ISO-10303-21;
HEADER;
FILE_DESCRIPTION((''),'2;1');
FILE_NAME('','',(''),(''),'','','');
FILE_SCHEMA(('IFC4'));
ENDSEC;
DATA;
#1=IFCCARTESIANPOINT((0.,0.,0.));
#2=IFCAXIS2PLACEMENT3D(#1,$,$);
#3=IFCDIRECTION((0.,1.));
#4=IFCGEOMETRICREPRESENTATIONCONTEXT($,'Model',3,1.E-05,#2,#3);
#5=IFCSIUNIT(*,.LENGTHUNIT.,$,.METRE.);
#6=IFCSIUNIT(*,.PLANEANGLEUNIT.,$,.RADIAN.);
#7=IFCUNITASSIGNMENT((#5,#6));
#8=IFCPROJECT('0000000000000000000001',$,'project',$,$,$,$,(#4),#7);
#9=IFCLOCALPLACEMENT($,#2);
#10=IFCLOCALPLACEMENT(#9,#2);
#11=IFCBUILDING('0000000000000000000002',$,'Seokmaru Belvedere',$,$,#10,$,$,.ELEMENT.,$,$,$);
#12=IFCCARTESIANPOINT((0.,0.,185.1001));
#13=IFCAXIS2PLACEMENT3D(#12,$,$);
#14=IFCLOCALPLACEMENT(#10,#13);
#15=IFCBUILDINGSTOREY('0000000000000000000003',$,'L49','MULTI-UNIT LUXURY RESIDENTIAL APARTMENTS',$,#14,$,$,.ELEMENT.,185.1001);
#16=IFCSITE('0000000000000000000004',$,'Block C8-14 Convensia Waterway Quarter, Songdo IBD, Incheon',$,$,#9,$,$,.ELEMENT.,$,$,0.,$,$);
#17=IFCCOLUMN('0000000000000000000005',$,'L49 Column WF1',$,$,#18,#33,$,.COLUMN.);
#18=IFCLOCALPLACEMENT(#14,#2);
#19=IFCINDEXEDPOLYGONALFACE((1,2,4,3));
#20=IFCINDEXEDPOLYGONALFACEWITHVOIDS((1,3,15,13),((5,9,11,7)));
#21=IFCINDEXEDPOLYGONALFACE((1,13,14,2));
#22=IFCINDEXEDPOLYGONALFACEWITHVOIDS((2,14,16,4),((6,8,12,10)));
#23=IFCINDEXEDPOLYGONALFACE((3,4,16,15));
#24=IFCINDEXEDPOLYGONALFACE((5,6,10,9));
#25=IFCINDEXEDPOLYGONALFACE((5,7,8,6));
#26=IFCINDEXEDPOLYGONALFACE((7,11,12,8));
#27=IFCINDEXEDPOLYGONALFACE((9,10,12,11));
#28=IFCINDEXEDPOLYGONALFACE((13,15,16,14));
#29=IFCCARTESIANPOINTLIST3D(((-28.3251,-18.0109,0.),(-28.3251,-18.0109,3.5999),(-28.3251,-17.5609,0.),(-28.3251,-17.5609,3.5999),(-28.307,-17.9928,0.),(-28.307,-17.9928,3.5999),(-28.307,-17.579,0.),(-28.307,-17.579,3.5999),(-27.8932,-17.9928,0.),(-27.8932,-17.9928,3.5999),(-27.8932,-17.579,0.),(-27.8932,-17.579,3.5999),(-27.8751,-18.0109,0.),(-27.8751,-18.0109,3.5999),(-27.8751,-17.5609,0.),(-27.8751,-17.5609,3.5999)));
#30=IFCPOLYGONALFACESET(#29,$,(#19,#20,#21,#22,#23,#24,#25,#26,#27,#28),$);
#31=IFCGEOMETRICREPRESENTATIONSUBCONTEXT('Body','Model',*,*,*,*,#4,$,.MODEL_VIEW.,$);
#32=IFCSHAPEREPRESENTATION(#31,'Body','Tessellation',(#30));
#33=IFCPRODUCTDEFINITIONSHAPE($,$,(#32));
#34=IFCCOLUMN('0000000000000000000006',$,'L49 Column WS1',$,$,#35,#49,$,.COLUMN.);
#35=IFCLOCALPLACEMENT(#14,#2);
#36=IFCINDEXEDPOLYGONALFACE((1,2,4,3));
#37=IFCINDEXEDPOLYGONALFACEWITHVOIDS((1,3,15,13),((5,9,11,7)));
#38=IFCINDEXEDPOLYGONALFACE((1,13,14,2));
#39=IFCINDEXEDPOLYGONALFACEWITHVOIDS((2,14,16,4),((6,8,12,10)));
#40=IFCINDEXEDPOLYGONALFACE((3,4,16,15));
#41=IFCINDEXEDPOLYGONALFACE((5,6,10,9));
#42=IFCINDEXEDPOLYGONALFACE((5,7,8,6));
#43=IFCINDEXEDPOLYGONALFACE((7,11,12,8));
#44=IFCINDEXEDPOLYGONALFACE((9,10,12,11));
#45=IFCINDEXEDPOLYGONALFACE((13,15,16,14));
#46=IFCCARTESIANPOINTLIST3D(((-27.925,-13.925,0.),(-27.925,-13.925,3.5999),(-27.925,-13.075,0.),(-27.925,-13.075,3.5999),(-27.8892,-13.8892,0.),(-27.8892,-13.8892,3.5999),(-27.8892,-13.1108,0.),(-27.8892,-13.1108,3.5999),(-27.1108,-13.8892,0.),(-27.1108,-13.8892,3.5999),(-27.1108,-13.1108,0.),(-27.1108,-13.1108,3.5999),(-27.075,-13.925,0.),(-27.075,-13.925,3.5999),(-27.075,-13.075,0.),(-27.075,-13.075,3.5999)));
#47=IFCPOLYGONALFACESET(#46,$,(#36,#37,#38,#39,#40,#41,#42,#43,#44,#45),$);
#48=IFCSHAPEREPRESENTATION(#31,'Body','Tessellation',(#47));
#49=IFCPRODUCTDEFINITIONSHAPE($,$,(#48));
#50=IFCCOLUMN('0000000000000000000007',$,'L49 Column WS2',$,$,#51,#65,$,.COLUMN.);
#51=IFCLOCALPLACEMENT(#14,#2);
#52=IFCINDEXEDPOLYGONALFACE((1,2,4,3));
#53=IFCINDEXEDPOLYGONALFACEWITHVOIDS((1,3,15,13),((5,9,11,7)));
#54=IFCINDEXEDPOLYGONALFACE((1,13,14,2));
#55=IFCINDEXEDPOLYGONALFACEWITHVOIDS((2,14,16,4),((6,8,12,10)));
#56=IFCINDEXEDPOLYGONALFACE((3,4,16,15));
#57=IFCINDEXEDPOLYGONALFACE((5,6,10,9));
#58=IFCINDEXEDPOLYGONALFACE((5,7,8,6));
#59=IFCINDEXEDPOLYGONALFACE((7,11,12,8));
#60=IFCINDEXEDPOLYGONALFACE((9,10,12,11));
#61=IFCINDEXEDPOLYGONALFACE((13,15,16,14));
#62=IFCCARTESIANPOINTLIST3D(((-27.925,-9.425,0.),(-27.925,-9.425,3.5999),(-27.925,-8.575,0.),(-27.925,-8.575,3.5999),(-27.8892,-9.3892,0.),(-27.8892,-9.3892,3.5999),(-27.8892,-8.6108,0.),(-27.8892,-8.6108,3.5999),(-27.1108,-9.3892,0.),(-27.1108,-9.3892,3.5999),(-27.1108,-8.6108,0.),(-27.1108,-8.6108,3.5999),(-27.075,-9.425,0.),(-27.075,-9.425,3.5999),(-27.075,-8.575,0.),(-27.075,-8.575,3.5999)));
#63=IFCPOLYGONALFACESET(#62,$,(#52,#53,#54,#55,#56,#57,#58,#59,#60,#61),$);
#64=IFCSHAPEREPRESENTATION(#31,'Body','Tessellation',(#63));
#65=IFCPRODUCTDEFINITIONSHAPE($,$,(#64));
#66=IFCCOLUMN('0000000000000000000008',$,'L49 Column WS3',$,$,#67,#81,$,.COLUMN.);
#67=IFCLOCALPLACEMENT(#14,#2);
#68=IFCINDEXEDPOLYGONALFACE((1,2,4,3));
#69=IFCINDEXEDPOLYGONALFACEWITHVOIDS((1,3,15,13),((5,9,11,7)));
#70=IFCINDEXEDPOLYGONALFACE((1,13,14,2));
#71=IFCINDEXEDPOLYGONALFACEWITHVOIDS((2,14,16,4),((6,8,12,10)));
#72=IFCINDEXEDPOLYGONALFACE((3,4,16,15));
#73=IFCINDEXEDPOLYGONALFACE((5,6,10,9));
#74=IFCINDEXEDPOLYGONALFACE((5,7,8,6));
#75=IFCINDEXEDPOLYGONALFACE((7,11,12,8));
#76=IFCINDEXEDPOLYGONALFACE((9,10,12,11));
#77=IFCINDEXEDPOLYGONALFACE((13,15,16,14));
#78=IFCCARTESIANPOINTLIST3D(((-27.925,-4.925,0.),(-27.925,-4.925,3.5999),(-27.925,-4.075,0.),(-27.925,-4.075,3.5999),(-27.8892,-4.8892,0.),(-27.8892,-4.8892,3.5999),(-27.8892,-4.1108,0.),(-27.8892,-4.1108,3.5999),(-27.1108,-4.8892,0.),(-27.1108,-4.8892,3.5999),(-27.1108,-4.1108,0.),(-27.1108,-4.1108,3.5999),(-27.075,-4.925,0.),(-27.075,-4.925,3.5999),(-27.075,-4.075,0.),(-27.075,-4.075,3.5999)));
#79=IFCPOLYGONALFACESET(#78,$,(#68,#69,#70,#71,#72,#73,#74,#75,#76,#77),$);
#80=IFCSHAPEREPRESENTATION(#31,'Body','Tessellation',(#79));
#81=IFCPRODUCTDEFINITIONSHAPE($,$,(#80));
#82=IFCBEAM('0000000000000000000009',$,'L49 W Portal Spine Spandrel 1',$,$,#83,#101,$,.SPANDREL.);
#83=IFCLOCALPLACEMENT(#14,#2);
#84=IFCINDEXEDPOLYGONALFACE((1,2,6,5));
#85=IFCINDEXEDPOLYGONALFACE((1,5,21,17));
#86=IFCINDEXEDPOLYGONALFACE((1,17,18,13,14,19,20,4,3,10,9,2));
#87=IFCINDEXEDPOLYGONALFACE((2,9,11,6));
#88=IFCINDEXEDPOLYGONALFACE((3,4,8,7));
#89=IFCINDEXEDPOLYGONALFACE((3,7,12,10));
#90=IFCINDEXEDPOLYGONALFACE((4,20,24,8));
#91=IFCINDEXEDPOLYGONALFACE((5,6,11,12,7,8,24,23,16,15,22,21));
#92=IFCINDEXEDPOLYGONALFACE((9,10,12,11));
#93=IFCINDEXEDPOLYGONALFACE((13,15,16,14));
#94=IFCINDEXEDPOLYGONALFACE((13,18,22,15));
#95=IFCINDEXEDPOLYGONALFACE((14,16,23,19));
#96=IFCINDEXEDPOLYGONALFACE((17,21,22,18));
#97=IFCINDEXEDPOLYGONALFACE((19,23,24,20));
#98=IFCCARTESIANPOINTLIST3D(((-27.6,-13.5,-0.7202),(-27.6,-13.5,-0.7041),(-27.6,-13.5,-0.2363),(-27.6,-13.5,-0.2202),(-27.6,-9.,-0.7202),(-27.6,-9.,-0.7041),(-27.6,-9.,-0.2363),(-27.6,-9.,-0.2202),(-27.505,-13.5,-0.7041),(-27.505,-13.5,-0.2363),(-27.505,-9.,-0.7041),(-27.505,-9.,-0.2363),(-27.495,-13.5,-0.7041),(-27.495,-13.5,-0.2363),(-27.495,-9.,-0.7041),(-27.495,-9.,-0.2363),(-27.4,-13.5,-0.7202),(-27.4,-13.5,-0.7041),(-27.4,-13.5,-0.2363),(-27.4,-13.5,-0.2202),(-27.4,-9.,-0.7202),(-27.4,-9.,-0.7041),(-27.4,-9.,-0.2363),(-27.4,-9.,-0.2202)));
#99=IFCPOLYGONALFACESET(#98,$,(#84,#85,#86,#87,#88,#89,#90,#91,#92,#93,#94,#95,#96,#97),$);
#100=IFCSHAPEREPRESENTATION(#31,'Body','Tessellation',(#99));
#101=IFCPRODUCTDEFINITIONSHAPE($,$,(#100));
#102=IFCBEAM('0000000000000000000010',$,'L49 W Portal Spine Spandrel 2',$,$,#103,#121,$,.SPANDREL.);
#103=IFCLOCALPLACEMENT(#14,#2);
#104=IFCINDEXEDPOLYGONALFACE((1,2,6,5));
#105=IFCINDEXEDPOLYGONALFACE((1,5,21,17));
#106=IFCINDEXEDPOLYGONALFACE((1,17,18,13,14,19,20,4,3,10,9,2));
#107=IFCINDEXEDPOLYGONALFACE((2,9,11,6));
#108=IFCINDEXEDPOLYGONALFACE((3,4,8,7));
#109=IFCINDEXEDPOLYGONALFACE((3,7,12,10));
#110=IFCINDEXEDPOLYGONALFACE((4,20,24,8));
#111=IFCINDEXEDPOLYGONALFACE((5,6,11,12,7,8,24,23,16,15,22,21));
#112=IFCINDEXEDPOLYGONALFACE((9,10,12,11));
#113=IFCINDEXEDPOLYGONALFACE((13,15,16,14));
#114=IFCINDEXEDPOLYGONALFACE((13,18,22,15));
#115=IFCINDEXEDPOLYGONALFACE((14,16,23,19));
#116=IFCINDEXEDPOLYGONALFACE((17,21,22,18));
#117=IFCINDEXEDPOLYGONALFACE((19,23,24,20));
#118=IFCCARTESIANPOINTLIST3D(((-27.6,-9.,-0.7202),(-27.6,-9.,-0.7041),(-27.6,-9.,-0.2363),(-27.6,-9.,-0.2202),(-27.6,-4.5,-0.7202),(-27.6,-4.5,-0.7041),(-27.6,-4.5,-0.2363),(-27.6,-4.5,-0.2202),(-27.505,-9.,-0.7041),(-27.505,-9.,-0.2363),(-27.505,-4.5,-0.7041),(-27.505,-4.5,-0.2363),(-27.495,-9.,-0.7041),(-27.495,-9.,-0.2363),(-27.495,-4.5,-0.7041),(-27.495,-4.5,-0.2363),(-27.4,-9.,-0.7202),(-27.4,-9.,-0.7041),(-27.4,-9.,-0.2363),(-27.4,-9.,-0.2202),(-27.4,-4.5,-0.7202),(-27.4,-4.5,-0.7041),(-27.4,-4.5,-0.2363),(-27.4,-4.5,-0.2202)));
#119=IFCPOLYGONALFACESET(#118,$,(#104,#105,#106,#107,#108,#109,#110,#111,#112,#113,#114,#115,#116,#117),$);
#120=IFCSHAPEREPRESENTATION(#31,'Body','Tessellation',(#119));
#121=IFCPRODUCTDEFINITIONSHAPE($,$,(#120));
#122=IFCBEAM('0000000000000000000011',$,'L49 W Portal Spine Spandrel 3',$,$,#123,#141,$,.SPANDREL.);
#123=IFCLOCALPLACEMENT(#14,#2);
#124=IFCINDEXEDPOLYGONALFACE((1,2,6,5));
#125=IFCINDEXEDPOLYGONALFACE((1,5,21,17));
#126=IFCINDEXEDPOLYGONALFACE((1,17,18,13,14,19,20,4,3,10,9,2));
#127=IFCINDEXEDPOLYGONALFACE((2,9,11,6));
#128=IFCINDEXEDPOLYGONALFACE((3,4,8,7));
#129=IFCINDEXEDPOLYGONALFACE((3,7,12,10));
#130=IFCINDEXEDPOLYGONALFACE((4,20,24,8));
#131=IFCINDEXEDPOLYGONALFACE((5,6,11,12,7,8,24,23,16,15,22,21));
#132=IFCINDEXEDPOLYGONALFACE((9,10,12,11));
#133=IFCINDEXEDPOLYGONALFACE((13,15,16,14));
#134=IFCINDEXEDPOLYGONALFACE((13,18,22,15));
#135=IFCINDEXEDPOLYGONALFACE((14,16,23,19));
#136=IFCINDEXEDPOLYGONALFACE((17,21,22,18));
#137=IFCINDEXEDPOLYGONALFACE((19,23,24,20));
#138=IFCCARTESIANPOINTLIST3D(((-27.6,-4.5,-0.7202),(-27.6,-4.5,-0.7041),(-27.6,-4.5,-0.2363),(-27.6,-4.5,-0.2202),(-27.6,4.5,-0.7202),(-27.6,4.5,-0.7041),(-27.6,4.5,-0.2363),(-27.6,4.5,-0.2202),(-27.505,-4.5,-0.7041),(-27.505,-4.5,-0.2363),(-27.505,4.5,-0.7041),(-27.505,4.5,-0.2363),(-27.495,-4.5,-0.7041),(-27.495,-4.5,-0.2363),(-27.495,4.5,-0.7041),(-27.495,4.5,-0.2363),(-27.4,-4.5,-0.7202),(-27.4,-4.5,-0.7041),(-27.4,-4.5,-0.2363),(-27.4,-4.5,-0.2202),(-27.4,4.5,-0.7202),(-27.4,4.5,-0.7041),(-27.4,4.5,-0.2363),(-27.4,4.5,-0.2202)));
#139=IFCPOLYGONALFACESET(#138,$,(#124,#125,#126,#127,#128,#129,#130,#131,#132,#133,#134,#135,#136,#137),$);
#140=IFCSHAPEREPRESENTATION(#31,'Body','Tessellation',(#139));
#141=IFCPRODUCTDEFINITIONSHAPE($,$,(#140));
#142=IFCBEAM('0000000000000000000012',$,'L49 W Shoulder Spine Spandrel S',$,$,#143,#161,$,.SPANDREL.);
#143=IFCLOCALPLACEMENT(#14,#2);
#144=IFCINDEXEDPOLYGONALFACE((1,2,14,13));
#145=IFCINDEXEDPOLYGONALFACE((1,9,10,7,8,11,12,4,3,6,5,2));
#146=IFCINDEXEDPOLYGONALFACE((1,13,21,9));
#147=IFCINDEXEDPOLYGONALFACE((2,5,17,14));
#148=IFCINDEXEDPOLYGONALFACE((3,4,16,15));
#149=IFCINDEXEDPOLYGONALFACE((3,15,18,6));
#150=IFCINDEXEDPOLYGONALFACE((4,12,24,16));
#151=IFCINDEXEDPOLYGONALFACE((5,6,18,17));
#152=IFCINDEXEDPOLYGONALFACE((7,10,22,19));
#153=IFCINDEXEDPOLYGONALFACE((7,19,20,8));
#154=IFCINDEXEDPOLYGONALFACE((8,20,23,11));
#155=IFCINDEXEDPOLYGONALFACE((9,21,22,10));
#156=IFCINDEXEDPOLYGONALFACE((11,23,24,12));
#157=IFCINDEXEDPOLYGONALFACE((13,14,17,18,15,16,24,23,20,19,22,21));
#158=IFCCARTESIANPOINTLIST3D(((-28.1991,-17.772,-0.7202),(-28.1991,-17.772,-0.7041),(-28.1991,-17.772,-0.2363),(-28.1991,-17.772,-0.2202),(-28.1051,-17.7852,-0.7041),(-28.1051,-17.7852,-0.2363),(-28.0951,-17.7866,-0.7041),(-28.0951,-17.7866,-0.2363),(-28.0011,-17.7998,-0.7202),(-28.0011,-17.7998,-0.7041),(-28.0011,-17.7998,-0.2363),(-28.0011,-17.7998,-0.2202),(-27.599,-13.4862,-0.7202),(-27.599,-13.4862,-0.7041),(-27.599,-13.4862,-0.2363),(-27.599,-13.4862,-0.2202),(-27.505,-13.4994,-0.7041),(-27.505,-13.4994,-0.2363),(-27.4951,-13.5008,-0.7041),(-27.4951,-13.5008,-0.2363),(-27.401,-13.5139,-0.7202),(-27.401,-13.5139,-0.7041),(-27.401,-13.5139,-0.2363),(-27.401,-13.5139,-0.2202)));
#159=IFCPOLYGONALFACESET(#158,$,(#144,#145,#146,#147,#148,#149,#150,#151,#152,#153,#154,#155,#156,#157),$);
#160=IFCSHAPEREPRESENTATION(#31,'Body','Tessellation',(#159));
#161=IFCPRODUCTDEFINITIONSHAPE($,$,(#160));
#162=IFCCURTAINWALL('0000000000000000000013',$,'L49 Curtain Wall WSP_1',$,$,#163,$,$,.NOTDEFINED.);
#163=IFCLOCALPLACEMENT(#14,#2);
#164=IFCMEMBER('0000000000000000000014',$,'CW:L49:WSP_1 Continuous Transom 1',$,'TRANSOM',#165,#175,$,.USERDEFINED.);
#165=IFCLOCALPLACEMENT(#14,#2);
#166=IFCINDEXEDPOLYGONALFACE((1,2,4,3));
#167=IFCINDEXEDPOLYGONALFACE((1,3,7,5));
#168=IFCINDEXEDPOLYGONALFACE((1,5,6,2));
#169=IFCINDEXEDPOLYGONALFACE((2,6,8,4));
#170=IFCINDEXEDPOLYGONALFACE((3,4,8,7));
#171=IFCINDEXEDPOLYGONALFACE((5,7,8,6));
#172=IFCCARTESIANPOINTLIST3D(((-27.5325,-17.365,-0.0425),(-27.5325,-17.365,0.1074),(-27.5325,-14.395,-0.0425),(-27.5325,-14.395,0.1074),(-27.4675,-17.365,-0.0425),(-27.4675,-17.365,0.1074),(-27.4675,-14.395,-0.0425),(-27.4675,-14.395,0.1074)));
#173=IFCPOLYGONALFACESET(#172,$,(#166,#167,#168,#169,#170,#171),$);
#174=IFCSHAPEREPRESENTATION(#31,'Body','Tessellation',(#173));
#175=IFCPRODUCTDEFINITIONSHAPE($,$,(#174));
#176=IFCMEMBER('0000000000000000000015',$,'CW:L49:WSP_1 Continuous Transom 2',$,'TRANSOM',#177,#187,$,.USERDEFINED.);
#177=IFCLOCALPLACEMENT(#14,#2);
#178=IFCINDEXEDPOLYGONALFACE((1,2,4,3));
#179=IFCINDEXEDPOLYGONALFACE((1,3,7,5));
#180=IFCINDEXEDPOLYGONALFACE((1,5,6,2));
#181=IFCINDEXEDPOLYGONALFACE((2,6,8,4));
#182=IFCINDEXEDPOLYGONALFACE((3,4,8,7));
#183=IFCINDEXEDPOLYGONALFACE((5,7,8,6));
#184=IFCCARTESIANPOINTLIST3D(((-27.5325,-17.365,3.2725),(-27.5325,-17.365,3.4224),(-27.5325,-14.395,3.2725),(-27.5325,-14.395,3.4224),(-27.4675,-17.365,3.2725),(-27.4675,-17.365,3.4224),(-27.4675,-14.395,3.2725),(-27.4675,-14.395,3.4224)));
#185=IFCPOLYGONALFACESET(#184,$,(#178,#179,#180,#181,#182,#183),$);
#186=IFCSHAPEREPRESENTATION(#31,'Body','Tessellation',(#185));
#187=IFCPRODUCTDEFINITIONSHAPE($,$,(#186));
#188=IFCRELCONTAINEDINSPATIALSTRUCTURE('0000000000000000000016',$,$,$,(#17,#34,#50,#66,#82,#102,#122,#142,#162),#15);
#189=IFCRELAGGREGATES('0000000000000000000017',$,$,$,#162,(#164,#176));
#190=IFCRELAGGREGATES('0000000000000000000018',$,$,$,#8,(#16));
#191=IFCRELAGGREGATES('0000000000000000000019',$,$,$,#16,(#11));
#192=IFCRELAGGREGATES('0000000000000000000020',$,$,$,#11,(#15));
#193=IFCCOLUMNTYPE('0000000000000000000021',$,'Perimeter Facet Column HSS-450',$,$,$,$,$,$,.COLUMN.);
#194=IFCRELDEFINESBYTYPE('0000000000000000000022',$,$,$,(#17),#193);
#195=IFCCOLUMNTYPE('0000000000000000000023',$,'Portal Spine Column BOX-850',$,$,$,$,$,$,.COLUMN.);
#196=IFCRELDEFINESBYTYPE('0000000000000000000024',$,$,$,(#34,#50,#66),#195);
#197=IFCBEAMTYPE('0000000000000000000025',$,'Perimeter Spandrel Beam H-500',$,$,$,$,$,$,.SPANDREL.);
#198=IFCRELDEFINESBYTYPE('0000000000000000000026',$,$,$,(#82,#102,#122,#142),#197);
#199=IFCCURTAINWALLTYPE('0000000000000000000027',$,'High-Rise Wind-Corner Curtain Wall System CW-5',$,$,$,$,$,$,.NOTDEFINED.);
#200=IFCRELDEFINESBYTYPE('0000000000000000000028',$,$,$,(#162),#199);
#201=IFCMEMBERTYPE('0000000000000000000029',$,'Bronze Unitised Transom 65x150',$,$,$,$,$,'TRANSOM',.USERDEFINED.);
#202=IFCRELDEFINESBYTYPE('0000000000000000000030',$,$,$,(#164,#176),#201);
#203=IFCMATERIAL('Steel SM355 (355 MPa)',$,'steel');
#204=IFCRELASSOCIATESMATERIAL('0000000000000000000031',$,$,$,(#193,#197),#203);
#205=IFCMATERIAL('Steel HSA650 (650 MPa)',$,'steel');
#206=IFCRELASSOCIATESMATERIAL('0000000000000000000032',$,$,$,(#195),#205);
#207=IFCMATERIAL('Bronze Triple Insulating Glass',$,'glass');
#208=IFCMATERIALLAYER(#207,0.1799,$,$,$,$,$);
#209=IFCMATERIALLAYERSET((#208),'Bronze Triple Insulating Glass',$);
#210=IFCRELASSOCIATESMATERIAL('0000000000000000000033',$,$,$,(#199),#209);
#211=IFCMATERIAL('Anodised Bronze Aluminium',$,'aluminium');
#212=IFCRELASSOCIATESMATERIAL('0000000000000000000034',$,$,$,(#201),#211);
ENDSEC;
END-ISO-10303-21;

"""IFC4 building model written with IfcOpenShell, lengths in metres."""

from ifc_helpers import new_model, si_unit, direction, frame, origin, origin_2d, place, context, subcontext, project, spatial, rectangle, hollow_rectangle, i_section, extrude, source, transform, mapped, material, layer, layer_set, material_profile, profile_set, type_object, type_shapes, element, aggregate, save


model = new_model("IFC4")

# Units and contexts
model_context = context("Model", 3, precision=1e-05, world=origin(), true_north=direction((0.0, 1.0)))
body_context = subcontext(model_context, "Body", "Model", "MODEL_VIEW")
ifc_project = project(units=[si_unit("LENGTHUNIT", "METRE"), si_unit("PLANEANGLEUNIT", "RADIAN")], contexts=[model_context])

# Site, building, storey
site_placement = place(None, origin())
site = spatial("IfcSite", under=ifc_project, at=site_placement, Name="Block C8-14 Convensia Waterway Quarter, Songdo IBD, Incheon", CompositionType="ELEMENT", RefElevation=0.0)
building_placement = place(site_placement, origin())
building = spatial("IfcBuilding", under=site, at=building_placement, Name="Seokmaru Belvedere", CompositionType="ELEMENT")
storey_placement = place(building_placement, frame((0.0, 0.0, 185.1001)))
storey = spatial("IfcBuildingStorey", under=building, at=storey_placement, Name="L49", Description="MULTI-UNIT LUXURY RESIDENTIAL APARTMENTS", CompositionType="ELEMENT", Elevation=185.1001)

# Columns
ifc_material_1 = material(Name="Steel SM355 (355 MPa)", Category="steel")
ifc_material_profile_1 = material_profile(ifc_material_1, hollow_rectangle(XDim=0.45, YDim=0.45, WallThickness=0.0181, at=origin_2d()), Name="HSS-450x450x18")
ifc_profile_set_1 = profile_set([ifc_material_profile_1], Name="Steel SM355 (355 MPa)")
column_type_1 = type_object("IfcColumnType", Name="Perimeter Facet Column HSS-450", PredefinedType="COLUMN", material=ifc_profile_set_1)
shared_shape_1 = source(origin(), body_context, "Body", "SweptSolid", [
    extrude(hollow_rectangle(XDim=0.45, YDim=0.45, WallThickness=0.0181, at=origin_2d()), origin(), (0.0, 0.0, 1.0), 3.5999),
])
type_shapes(column_type_1, [shared_shape_1])
column_placement = place(storey_placement, frame((-28.1001, -17.7859, 0.0), z_axis=(0.0, 0.0, 1.0), x_axis=(1.0, 0.0, 0.0)))
element("IfcColumn", 1, at=column_placement, inside=storey, type_object=column_type_1, Name="L49 Column WF1", PredefinedType="COLUMN", context=body_context, shape_type="MappedRepresentation", body=[
    mapped(shared_shape_1, transform((0.0, 0.0, 0.0), scale=1.0)),
])
ifc_material_2 = material(Name="Steel HSA650 (650 MPa)", Category="steel")
ifc_material_profile_2 = material_profile(ifc_material_2, hollow_rectangle(XDim=0.8501, YDim=0.8501, WallThickness=0.0359, at=origin_2d()), Name="BOX-850x850x36")
ifc_profile_set_2 = profile_set([ifc_material_profile_2], Name="Steel HSA650 (650 MPa)")
column_type_2 = type_object("IfcColumnType", Name="Portal Spine Column BOX-850", PredefinedType="COLUMN", material=ifc_profile_set_2)
shared_shape_2 = source(origin(), body_context, "Body", "SweptSolid", [
    extrude(hollow_rectangle(XDim=0.8501, YDim=0.8501, WallThickness=0.0359, at=origin_2d()), origin(), (0.0, 0.0, 1.0), 3.5999),
])
type_shapes(column_type_2, [shared_shape_2])
for number, where, z_axis, x_axis, name in (
    (2, (-27.5, -13.5, 0.0), (0.0, 0.0, 1.0), (1.0, 0.0, 0.0), "L49 Column WS1"),
    (3, (-27.5, -9.0, 0.0), (0.0, 0.0, 1.0), (1.0, 0.0, 0.0), "L49 Column WS2"),
    (4, (-27.5, -4.5, 0.0), (0.0, 0.0, 1.0), (1.0, 0.0, 0.0), "L49 Column WS3"),
):
    element("IfcColumn", number, at=place(storey_placement, frame(where, z_axis=z_axis, x_axis=x_axis)), inside=storey, type_object=column_type_2, Name=name, PredefinedType="COLUMN", context=body_context, shape_type="MappedRepresentation", body=[
        mapped(shared_shape_2, transform((0.0, 0.0, 0.0), scale=1.0)),
    ])

# Beams
ifc_material_profile_3 = material_profile(ifc_material_1, i_section(OverallWidth=0.2, OverallDepth=0.5, WebThickness=0.01, FlangeThickness=0.0161, at=origin_2d()), Name="H-500x200x10x16")
ifc_profile_set_3 = profile_set([ifc_material_profile_3], Name="Steel SM355 (355 MPa)")
beam_type = type_object("IfcBeamType", Name="Perimeter Spandrel Beam H-500", PredefinedType="SPANDREL", material=ifc_profile_set_3)
shared_shape_3 = source(origin(), body_context, "Body", "SweptSolid", [
    extrude(i_section(OverallWidth=0.2, OverallDepth=0.5, WebThickness=0.01, FlangeThickness=0.0161, at=origin_2d()), origin(), (0.0, 0.0, 1.0), 4.5),
])
for number, where, z_axis, x_axis, name in (
    (5, (-27.5, -13.5, -0.4702), (0.0, 1.0, 0.0), (-1.0, 0.0, 0.0), "L49 W Portal Spine Spandrel 1"),
    (6, (-27.5, -9.0, -0.4702), (0.0, 1.0, 0.0), (-1.0, 0.0, 0.0), "L49 W Portal Spine Spandrel 2"),
):
    element("IfcBeam", number, at=place(storey_placement, frame(where, z_axis=z_axis, x_axis=x_axis)), inside=storey, type_object=beam_type, Name=name, PredefinedType="SPANDREL", context=body_context, shape_type="MappedRepresentation", body=[
        mapped(shared_shape_3, transform((0.0, 0.0, 0.0), scale=1.0)),
    ])
shared_shape_4 = source(origin(), body_context, "Body", "SweptSolid", [
    extrude(i_section(OverallWidth=0.2, OverallDepth=0.5, WebThickness=0.01, FlangeThickness=0.0161, at=origin_2d()), origin(), (0.0, 0.0, 1.0), 9.0),
])
beam_1_placement = place(storey_placement, frame((-27.5, -4.5, -0.4702), z_axis=(0.0, 1.0, 0.0), x_axis=(-1.0, 0.0, 0.0)))
element("IfcBeam", 7, at=beam_1_placement, inside=storey, type_object=beam_type, Name="L49 W Portal Spine Spandrel 3", PredefinedType="SPANDREL", context=body_context, shape_type="MappedRepresentation", body=[
    mapped(shared_shape_4, transform((0.0, 0.0, 0.0), scale=1.0)),
])
shared_shape_5 = source(origin(), body_context, "Body", "SweptSolid", [
    extrude(i_section(OverallWidth=0.2, OverallDepth=0.5, WebThickness=0.01, FlangeThickness=0.0161, at=origin_2d()), origin(), (0.0, 0.0, 1.0), 4.3276),
])
type_shapes(beam_type, [shared_shape_3, shared_shape_4, shared_shape_5])
beam_2_placement = place(storey_placement, frame((-28.1001, -17.7859, -0.4702), z_axis=(0.138664, 0.990339, 0.0), x_axis=(-0.990339, 0.138664, 0.0)))
element("IfcBeam", 8, at=beam_2_placement, inside=storey, type_object=beam_type, Name="L49 W Shoulder Spine Spandrel S", PredefinedType="SPANDREL", context=body_context, shape_type="MappedRepresentation", body=[
    mapped(shared_shape_5, transform((0.0, 0.0, 0.0), scale=1.0)),
])

# Curtain wall, members
ifc_material_3 = material(Name="Bronze Triple Insulating Glass", Category="glass")
ifc_layer_1 = layer(ifc_material_3, 0.1799)
ifc_layer_set_1 = layer_set([ifc_layer_1], Name="Bronze Triple Insulating Glass")
curtain_wall_type = type_object("IfcCurtainWallType", Name="High-Rise Wind-Corner Curtain Wall System CW-5", PredefinedType="NOTDEFINED", material=ifc_layer_set_1)
curtain_wall_1_placement = place(storey_placement, origin())
curtain_wall_1 = element("IfcCurtainWall", 9, at=curtain_wall_1_placement, inside=storey, type_object=curtain_wall_type, Name="L49 Curtain Wall WSP_1", PredefinedType="NOTDEFINED")
ifc_material_4 = material(Name="Anodised Bronze Aluminium", Category="aluminium")
ifc_material_profile_4 = material_profile(ifc_material_4, rectangle(XDim=0.0649, YDim=0.1499, at=origin_2d()), Name="CW-T-65x150")
ifc_profile_set_4 = profile_set([ifc_material_profile_4], Name="Anodised Bronze Aluminium")
member_type_1 = type_object("IfcMemberType", Name="Bronze Unitised Transom 65x150", ElementType="TRANSOM", PredefinedType="USERDEFINED", material=ifc_profile_set_4)
shared_shape_6 = source(origin(), body_context, "Body", "SweptSolid", [
    extrude(rectangle(XDim=0.0649, YDim=0.1499, at=origin_2d()), origin(), (0.0, 0.0, 1.0), 2.97),
])
type_shapes(member_type_1, [shared_shape_6])
member_1_placement = place(storey_placement, frame((-27.5, -17.365, 0.0325), z_axis=(0.0, 1.0, 0.0), x_axis=(-1.0, 0.0, 0.0)))
member_1 = element("IfcMember", 10, at=member_1_placement, type_object=member_type_1, Name="CW:L49:WSP_1 Continuous Transom 1", ObjectType="TRANSOM", PredefinedType="USERDEFINED", context=body_context, shape_type="MappedRepresentation", body=[
    mapped(shared_shape_6, transform((0.0, 0.0, 0.0), scale=1.0)),
])
member_2_placement = place(storey_placement, frame((-27.5, -17.365, 3.3474), z_axis=(0.0, 1.0, 0.0), x_axis=(-1.0, 0.0, 0.0)))
member_2 = element("IfcMember", 11, at=member_2_placement, type_object=member_type_1, Name="CW:L49:WSP_1 Continuous Transom 2", ObjectType="TRANSOM", PredefinedType="USERDEFINED", context=body_context, shape_type="MappedRepresentation", body=[
    mapped(shared_shape_6, transform((0.0, 0.0, 0.0), scale=1.0)),
])

aggregate(curtain_wall_1, [member_1, member_2])

save(model, "model.ifc")
